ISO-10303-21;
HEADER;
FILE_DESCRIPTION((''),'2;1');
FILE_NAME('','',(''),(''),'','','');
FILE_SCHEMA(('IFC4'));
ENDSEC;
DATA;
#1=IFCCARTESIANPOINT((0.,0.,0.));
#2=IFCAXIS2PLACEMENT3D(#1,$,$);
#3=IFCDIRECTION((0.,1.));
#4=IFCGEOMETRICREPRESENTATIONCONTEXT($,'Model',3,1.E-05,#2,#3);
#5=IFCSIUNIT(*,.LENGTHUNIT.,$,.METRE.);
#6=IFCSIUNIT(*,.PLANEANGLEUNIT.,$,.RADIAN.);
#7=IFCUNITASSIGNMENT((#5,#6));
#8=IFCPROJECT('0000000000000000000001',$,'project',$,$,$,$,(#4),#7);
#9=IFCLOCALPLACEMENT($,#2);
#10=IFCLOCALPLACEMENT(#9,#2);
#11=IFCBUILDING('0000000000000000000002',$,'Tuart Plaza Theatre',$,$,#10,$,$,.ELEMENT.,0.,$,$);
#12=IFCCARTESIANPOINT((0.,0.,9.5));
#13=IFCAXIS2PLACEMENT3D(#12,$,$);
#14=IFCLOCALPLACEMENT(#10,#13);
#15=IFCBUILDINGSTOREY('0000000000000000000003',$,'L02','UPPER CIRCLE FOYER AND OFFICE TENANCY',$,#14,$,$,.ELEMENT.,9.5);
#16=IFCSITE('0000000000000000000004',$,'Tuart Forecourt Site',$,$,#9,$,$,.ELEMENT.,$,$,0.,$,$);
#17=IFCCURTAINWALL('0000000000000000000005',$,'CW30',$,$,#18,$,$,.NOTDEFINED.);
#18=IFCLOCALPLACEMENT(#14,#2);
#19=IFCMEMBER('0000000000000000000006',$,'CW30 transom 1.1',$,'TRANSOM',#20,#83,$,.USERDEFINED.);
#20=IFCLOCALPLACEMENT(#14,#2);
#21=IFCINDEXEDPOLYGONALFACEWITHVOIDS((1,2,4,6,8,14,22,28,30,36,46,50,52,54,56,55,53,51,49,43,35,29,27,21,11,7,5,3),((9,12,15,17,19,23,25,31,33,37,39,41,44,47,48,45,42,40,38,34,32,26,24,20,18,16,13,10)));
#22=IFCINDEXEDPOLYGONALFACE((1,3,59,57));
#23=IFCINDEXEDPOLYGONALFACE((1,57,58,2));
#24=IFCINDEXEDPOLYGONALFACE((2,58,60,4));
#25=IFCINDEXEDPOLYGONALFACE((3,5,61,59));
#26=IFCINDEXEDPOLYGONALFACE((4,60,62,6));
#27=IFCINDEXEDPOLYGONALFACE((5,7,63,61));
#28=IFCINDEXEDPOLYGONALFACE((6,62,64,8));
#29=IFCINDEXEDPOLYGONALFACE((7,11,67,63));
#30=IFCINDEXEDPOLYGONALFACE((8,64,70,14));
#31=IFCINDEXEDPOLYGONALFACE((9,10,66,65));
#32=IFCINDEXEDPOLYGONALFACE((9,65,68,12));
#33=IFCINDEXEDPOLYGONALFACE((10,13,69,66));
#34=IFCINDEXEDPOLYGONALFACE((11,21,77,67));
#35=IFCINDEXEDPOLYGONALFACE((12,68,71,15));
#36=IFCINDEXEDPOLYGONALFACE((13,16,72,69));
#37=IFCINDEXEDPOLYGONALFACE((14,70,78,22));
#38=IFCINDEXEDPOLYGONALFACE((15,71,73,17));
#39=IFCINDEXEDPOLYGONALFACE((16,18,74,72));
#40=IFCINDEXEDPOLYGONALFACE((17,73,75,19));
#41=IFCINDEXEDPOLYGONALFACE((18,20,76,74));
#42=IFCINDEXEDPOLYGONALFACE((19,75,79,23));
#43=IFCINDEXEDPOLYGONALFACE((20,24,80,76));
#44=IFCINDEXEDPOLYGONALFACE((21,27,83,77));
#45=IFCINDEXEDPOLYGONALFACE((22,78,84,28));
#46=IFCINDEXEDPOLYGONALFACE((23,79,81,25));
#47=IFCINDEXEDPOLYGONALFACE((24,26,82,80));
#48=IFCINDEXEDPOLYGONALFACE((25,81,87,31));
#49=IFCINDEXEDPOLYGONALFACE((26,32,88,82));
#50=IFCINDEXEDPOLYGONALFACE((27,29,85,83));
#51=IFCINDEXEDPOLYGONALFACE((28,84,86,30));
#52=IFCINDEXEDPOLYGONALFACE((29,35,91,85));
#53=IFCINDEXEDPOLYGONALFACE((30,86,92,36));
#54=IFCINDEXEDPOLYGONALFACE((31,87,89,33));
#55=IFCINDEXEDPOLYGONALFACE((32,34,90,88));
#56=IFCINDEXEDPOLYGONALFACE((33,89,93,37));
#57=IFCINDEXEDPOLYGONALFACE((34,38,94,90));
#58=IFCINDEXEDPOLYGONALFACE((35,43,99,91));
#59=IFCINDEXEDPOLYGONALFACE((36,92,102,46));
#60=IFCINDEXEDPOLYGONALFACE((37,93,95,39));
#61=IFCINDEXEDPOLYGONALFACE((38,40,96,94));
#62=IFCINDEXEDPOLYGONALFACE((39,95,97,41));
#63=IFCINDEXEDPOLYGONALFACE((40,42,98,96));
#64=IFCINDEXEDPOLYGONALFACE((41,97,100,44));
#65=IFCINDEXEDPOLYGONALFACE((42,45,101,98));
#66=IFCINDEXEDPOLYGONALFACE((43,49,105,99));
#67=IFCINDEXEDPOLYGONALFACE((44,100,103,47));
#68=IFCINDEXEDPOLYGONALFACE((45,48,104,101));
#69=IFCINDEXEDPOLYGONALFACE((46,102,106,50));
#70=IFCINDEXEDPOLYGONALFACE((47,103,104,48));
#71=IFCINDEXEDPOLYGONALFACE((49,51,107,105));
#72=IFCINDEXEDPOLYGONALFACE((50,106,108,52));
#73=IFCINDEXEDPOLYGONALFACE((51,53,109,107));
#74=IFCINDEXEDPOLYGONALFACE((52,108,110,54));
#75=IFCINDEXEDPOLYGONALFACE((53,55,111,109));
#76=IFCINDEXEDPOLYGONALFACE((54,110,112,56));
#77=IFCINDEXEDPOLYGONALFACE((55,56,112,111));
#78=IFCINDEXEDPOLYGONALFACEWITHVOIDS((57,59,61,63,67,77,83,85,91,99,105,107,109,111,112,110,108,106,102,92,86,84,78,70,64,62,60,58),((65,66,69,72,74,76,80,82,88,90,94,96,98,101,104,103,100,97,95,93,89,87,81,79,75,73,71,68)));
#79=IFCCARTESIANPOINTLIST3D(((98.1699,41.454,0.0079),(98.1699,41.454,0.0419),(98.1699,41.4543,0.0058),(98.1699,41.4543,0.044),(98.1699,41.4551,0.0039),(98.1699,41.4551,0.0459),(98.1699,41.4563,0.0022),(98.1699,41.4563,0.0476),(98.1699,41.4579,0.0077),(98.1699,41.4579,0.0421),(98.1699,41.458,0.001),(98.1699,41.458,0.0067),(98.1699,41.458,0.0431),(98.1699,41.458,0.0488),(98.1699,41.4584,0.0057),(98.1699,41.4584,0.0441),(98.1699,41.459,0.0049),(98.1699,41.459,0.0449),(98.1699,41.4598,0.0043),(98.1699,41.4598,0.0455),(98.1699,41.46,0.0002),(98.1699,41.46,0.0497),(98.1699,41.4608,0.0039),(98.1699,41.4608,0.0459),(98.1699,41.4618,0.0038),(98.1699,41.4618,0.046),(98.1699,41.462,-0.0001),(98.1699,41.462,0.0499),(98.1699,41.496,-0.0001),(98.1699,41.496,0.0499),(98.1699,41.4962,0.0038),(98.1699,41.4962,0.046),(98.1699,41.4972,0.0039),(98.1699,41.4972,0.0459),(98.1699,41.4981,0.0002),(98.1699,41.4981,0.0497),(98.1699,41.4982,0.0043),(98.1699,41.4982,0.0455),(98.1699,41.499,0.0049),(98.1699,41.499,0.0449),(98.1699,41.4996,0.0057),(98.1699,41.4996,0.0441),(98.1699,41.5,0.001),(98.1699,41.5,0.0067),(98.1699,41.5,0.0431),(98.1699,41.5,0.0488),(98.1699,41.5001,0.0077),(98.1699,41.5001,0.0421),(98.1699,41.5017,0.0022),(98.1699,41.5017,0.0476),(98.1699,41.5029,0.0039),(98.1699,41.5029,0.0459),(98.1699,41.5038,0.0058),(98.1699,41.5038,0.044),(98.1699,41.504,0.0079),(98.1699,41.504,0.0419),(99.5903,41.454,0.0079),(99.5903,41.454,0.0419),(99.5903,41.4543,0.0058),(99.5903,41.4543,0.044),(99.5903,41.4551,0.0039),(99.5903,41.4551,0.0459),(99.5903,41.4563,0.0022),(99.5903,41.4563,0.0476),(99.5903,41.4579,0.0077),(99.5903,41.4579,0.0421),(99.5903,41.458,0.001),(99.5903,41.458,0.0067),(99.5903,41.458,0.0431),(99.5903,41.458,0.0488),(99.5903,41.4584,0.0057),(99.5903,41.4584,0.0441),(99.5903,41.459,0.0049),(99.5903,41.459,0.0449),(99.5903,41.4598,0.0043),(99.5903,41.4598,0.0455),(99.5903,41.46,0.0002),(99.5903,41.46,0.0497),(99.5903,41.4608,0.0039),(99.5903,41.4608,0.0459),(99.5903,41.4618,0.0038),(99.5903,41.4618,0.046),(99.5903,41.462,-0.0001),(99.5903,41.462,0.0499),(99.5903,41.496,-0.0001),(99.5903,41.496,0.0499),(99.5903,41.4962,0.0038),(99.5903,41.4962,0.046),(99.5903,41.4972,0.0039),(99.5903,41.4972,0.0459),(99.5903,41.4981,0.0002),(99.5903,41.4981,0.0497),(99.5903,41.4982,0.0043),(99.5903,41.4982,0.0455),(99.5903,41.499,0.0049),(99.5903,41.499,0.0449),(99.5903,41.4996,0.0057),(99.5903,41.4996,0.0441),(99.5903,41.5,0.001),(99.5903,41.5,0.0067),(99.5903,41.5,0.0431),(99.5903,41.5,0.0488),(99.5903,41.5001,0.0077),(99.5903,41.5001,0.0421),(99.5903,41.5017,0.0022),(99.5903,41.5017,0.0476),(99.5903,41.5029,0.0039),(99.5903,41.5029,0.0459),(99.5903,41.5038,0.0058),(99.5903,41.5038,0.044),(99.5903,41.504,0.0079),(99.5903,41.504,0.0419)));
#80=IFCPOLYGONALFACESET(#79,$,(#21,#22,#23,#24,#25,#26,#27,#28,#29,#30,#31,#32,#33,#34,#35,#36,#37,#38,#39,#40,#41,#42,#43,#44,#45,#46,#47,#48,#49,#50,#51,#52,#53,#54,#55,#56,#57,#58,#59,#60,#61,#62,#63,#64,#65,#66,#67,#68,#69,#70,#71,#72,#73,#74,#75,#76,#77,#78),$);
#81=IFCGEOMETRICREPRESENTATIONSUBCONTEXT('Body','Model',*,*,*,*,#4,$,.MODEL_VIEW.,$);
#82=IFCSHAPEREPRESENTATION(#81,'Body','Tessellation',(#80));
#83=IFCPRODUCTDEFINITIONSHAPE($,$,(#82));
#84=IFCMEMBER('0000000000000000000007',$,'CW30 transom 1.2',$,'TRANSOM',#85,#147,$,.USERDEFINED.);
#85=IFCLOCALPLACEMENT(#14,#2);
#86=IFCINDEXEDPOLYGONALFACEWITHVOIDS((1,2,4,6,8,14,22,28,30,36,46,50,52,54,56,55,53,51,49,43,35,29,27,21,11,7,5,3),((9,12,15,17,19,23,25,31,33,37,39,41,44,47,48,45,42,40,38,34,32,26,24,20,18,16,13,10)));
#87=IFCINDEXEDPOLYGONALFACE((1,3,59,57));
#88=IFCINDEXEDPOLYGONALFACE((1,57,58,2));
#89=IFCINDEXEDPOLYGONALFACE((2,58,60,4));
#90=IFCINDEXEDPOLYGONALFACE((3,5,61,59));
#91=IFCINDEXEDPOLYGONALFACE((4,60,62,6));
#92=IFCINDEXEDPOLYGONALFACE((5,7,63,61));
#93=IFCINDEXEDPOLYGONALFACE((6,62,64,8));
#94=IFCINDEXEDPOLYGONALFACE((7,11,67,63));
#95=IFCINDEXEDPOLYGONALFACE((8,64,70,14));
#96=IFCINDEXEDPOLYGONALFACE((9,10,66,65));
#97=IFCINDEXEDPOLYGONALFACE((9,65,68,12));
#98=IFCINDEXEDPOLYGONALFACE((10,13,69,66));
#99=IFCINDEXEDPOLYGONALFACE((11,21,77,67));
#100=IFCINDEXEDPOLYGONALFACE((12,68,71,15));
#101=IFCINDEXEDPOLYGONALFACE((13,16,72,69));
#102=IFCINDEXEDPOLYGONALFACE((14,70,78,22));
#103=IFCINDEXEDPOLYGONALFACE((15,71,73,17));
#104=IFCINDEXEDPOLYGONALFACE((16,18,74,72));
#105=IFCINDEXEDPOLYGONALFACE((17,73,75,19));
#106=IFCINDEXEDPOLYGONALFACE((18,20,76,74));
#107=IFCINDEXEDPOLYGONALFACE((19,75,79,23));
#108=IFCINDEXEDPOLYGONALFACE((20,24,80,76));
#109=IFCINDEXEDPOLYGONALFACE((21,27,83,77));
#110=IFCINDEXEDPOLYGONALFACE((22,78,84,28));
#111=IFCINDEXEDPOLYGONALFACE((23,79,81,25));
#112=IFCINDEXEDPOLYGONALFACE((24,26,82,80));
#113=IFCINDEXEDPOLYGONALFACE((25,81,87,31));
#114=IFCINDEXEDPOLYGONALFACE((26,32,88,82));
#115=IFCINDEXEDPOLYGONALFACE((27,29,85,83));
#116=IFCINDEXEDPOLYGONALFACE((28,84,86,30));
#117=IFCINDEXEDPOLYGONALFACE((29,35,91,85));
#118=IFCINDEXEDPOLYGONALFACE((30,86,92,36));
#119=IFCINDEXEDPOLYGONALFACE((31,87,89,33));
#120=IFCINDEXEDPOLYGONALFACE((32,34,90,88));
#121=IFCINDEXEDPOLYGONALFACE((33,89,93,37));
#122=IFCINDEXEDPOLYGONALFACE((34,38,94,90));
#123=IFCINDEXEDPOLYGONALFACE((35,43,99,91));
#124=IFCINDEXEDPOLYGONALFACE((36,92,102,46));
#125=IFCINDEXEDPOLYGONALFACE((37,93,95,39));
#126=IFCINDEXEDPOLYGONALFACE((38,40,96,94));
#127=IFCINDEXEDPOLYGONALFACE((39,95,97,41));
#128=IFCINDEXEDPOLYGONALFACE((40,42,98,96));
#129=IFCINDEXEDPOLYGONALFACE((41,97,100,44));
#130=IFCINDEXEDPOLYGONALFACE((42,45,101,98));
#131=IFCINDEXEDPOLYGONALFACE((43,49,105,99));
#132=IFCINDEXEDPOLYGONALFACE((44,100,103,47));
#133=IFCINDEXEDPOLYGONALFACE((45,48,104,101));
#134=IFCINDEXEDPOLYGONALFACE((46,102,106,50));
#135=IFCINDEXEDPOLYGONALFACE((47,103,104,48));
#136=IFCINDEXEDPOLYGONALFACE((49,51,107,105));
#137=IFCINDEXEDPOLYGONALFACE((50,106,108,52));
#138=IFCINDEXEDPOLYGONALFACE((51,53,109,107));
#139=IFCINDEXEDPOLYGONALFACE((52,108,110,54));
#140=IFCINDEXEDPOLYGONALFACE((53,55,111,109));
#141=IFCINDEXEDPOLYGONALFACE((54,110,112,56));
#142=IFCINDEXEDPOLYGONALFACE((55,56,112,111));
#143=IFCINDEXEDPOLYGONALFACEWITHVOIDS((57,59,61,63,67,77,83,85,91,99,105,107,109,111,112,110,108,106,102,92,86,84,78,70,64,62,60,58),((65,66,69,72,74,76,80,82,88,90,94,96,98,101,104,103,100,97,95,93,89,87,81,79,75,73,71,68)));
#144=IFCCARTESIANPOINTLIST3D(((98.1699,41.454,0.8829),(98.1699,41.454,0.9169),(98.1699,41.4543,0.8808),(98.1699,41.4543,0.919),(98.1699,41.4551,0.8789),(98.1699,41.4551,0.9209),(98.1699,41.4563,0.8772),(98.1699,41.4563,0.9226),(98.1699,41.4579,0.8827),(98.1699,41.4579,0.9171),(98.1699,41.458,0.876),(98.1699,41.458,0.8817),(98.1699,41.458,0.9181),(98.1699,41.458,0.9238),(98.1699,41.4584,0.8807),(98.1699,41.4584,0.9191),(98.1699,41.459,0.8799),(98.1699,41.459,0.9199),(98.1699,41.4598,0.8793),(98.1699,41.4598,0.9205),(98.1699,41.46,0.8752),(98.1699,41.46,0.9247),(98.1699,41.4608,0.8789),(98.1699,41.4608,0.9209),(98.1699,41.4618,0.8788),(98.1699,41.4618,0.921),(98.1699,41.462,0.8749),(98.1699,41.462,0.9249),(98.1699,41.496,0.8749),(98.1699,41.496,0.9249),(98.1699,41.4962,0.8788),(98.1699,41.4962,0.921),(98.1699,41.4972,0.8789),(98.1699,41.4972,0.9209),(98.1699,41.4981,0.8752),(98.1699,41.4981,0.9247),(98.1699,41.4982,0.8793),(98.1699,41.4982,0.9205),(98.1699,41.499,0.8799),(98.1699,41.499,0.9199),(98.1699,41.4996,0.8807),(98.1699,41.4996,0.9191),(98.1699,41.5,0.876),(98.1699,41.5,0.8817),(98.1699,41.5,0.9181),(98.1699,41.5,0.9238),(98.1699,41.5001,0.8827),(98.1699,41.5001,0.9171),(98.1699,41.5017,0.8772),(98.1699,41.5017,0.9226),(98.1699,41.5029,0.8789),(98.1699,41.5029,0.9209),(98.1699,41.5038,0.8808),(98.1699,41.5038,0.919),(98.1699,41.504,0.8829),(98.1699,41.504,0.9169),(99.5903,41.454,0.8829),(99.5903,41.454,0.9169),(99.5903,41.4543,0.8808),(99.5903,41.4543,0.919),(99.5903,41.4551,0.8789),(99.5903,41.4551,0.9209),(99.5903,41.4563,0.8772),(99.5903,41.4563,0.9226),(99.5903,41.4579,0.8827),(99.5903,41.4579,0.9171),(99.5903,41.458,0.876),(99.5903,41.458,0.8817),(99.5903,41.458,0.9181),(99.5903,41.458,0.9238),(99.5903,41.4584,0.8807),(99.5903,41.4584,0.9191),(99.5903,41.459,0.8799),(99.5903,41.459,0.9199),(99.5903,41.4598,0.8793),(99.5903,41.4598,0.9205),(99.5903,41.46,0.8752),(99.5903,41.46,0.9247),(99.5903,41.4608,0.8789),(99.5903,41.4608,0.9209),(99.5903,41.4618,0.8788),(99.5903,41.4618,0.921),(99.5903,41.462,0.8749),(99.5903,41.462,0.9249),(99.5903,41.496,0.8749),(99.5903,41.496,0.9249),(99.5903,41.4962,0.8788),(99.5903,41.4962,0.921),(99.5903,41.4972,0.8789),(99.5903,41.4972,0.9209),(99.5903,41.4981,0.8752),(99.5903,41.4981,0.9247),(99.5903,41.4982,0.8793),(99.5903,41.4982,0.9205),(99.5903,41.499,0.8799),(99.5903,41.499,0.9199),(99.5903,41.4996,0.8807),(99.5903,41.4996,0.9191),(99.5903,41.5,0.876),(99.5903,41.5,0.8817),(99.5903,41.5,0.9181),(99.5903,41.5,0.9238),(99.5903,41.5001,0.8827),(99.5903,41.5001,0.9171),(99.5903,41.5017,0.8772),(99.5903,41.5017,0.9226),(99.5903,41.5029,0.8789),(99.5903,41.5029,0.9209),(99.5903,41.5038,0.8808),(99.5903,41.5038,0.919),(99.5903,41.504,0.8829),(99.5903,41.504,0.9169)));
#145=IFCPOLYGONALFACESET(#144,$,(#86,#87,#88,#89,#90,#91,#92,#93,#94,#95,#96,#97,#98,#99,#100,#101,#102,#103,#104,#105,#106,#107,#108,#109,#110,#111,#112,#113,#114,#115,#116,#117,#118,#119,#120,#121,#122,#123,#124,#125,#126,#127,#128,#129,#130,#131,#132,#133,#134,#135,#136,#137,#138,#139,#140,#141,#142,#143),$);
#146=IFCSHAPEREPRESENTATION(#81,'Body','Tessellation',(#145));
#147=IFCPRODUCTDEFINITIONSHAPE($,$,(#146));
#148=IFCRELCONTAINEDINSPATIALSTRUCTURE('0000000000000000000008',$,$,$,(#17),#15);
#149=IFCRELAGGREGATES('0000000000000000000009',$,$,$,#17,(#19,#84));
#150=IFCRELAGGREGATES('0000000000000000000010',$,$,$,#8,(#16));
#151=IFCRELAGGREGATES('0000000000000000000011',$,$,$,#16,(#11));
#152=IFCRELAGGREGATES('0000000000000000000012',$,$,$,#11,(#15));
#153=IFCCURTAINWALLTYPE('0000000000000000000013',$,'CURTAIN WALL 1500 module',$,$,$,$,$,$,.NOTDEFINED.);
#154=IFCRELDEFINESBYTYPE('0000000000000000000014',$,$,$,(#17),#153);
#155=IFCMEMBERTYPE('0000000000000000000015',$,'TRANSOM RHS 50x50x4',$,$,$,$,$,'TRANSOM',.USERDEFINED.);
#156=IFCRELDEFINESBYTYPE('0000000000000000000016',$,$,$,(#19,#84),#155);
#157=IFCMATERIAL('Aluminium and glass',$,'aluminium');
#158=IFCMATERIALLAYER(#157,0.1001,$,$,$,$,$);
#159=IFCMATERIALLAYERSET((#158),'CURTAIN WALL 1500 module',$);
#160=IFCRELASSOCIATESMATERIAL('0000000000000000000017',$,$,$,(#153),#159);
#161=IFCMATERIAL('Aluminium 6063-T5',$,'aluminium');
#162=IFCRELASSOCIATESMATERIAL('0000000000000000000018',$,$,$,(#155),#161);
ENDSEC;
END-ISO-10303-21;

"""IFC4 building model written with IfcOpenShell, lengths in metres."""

from ifc_helpers import new_model, si_unit, direction, frame, origin, origin_2d, place, context, subcontext, project, spatial, hollow_rectangle, extrude, material, layer, layer_set, material_profile, profile_set, type_object, element, aggregate, save


model = new_model("IFC4")

# Units and contexts
model_context = context("Model", 3, precision=1e-05, world=origin(), true_north=direction((0.0, 1.0)))
body_context = subcontext(model_context, "Body", "Model", "MODEL_VIEW")
ifc_project = project(units=[si_unit("LENGTHUNIT", "METRE"), si_unit("PLANEANGLEUNIT", "RADIAN")], contexts=[model_context])

# Site, building, storey
site_placement = place(None, origin())
site = spatial("IfcSite", under=ifc_project, at=site_placement, Name="Tuart Forecourt Site", CompositionType="ELEMENT", RefElevation=0.0)
building_placement = place(site_placement, origin())
building = spatial("IfcBuilding", under=site, at=building_placement, Name="Tuart Plaza Theatre", CompositionType="ELEMENT", ElevationOfRefHeight=0.0)
storey_placement = place(building_placement, frame((0.0, 0.0, 9.5)))
storey = spatial("IfcBuildingStorey", under=building, at=storey_placement, Name="L02", Description="UPPER CIRCLE FOYER AND OFFICE TENANCY", CompositionType="ELEMENT", Elevation=9.5)

# Shared definitions
ifc_material_1 = material(Name="Aluminium and glass", Category="aluminium")
ifc_layer_1 = layer(ifc_material_1, 0.1001)
ifc_layer_set_1 = layer_set([ifc_layer_1], Name="CURTAIN WALL 1500 module")
curtain_wall_type = type_object("IfcCurtainWallType", Name="CURTAIN WALL 1500 module", PredefinedType="NOTDEFINED", material=ifc_layer_set_1)

# Curtain wall, members
curtain_wall_1_placement = place(storey_placement, origin())
curtain_wall_1 = element("IfcCurtainWall", 1, at=curtain_wall_1_placement, inside=storey, type_object=curtain_wall_type, Name="CW30", PredefinedType="NOTDEFINED")
ifc_material_2 = material(Name="Aluminium 6063-T5", Category="aluminium")
ifc_material_profile_1 = material_profile(ifc_material_2, hollow_rectangle(XDim=0.05, YDim=0.05, WallThickness=0.0039, InnerFilletRadius=0.0039, OuterFilletRadius=0.0081, at=origin_2d()), Name="RHS 50x50x4")
ifc_profile_set_1 = profile_set([ifc_material_profile_1], Name="Aluminium 6063-T5")
member_type_1 = type_object("IfcMemberType", Name="TRANSOM RHS 50x50x4", ElementType="TRANSOM", PredefinedType="USERDEFINED", material=ifc_profile_set_1)
member_1_placement = place(storey_placement, frame((98.1699, 41.479, 0.0249), z_axis=(1.0, 0.0, 0.0), x_axis=(0.0, 1.0, 0.0)))
member_1 = element("IfcMember", 2, at=member_1_placement, type_object=member_type_1, Name="CW30 transom 1.1", ObjectType="TRANSOM", PredefinedType="USERDEFINED", context=body_context, shape_type="SweptSolid", body=[
    extrude(hollow_rectangle(XDim=0.05, YDim=0.05, WallThickness=0.0039, InnerFilletRadius=0.0039, OuterFilletRadius=0.0081, at=origin_2d()), origin(), (0.0, 0.0, 1.0), 1.4204),
])
member_2_placement = place(storey_placement, frame((98.1699, 41.479, 0.8999), z_axis=(1.0, 0.0, 0.0), x_axis=(0.0, 1.0, 0.0)))
member_2 = element("IfcMember", 3, at=member_2_placement, type_object=member_type_1, Name="CW30 transom 1.2", ObjectType="TRANSOM", PredefinedType="USERDEFINED", context=body_context, shape_type="SweptSolid", body=[
    extrude(hollow_rectangle(XDim=0.05, YDim=0.05, WallThickness=0.0039, InnerFilletRadius=0.0039, OuterFilletRadius=0.0081, at=origin_2d()), origin(), (0.0, 0.0, 1.0), 1.4204),
])

aggregate(curtain_wall_1, [member_1, member_2])

save(model, "model.ifc")
